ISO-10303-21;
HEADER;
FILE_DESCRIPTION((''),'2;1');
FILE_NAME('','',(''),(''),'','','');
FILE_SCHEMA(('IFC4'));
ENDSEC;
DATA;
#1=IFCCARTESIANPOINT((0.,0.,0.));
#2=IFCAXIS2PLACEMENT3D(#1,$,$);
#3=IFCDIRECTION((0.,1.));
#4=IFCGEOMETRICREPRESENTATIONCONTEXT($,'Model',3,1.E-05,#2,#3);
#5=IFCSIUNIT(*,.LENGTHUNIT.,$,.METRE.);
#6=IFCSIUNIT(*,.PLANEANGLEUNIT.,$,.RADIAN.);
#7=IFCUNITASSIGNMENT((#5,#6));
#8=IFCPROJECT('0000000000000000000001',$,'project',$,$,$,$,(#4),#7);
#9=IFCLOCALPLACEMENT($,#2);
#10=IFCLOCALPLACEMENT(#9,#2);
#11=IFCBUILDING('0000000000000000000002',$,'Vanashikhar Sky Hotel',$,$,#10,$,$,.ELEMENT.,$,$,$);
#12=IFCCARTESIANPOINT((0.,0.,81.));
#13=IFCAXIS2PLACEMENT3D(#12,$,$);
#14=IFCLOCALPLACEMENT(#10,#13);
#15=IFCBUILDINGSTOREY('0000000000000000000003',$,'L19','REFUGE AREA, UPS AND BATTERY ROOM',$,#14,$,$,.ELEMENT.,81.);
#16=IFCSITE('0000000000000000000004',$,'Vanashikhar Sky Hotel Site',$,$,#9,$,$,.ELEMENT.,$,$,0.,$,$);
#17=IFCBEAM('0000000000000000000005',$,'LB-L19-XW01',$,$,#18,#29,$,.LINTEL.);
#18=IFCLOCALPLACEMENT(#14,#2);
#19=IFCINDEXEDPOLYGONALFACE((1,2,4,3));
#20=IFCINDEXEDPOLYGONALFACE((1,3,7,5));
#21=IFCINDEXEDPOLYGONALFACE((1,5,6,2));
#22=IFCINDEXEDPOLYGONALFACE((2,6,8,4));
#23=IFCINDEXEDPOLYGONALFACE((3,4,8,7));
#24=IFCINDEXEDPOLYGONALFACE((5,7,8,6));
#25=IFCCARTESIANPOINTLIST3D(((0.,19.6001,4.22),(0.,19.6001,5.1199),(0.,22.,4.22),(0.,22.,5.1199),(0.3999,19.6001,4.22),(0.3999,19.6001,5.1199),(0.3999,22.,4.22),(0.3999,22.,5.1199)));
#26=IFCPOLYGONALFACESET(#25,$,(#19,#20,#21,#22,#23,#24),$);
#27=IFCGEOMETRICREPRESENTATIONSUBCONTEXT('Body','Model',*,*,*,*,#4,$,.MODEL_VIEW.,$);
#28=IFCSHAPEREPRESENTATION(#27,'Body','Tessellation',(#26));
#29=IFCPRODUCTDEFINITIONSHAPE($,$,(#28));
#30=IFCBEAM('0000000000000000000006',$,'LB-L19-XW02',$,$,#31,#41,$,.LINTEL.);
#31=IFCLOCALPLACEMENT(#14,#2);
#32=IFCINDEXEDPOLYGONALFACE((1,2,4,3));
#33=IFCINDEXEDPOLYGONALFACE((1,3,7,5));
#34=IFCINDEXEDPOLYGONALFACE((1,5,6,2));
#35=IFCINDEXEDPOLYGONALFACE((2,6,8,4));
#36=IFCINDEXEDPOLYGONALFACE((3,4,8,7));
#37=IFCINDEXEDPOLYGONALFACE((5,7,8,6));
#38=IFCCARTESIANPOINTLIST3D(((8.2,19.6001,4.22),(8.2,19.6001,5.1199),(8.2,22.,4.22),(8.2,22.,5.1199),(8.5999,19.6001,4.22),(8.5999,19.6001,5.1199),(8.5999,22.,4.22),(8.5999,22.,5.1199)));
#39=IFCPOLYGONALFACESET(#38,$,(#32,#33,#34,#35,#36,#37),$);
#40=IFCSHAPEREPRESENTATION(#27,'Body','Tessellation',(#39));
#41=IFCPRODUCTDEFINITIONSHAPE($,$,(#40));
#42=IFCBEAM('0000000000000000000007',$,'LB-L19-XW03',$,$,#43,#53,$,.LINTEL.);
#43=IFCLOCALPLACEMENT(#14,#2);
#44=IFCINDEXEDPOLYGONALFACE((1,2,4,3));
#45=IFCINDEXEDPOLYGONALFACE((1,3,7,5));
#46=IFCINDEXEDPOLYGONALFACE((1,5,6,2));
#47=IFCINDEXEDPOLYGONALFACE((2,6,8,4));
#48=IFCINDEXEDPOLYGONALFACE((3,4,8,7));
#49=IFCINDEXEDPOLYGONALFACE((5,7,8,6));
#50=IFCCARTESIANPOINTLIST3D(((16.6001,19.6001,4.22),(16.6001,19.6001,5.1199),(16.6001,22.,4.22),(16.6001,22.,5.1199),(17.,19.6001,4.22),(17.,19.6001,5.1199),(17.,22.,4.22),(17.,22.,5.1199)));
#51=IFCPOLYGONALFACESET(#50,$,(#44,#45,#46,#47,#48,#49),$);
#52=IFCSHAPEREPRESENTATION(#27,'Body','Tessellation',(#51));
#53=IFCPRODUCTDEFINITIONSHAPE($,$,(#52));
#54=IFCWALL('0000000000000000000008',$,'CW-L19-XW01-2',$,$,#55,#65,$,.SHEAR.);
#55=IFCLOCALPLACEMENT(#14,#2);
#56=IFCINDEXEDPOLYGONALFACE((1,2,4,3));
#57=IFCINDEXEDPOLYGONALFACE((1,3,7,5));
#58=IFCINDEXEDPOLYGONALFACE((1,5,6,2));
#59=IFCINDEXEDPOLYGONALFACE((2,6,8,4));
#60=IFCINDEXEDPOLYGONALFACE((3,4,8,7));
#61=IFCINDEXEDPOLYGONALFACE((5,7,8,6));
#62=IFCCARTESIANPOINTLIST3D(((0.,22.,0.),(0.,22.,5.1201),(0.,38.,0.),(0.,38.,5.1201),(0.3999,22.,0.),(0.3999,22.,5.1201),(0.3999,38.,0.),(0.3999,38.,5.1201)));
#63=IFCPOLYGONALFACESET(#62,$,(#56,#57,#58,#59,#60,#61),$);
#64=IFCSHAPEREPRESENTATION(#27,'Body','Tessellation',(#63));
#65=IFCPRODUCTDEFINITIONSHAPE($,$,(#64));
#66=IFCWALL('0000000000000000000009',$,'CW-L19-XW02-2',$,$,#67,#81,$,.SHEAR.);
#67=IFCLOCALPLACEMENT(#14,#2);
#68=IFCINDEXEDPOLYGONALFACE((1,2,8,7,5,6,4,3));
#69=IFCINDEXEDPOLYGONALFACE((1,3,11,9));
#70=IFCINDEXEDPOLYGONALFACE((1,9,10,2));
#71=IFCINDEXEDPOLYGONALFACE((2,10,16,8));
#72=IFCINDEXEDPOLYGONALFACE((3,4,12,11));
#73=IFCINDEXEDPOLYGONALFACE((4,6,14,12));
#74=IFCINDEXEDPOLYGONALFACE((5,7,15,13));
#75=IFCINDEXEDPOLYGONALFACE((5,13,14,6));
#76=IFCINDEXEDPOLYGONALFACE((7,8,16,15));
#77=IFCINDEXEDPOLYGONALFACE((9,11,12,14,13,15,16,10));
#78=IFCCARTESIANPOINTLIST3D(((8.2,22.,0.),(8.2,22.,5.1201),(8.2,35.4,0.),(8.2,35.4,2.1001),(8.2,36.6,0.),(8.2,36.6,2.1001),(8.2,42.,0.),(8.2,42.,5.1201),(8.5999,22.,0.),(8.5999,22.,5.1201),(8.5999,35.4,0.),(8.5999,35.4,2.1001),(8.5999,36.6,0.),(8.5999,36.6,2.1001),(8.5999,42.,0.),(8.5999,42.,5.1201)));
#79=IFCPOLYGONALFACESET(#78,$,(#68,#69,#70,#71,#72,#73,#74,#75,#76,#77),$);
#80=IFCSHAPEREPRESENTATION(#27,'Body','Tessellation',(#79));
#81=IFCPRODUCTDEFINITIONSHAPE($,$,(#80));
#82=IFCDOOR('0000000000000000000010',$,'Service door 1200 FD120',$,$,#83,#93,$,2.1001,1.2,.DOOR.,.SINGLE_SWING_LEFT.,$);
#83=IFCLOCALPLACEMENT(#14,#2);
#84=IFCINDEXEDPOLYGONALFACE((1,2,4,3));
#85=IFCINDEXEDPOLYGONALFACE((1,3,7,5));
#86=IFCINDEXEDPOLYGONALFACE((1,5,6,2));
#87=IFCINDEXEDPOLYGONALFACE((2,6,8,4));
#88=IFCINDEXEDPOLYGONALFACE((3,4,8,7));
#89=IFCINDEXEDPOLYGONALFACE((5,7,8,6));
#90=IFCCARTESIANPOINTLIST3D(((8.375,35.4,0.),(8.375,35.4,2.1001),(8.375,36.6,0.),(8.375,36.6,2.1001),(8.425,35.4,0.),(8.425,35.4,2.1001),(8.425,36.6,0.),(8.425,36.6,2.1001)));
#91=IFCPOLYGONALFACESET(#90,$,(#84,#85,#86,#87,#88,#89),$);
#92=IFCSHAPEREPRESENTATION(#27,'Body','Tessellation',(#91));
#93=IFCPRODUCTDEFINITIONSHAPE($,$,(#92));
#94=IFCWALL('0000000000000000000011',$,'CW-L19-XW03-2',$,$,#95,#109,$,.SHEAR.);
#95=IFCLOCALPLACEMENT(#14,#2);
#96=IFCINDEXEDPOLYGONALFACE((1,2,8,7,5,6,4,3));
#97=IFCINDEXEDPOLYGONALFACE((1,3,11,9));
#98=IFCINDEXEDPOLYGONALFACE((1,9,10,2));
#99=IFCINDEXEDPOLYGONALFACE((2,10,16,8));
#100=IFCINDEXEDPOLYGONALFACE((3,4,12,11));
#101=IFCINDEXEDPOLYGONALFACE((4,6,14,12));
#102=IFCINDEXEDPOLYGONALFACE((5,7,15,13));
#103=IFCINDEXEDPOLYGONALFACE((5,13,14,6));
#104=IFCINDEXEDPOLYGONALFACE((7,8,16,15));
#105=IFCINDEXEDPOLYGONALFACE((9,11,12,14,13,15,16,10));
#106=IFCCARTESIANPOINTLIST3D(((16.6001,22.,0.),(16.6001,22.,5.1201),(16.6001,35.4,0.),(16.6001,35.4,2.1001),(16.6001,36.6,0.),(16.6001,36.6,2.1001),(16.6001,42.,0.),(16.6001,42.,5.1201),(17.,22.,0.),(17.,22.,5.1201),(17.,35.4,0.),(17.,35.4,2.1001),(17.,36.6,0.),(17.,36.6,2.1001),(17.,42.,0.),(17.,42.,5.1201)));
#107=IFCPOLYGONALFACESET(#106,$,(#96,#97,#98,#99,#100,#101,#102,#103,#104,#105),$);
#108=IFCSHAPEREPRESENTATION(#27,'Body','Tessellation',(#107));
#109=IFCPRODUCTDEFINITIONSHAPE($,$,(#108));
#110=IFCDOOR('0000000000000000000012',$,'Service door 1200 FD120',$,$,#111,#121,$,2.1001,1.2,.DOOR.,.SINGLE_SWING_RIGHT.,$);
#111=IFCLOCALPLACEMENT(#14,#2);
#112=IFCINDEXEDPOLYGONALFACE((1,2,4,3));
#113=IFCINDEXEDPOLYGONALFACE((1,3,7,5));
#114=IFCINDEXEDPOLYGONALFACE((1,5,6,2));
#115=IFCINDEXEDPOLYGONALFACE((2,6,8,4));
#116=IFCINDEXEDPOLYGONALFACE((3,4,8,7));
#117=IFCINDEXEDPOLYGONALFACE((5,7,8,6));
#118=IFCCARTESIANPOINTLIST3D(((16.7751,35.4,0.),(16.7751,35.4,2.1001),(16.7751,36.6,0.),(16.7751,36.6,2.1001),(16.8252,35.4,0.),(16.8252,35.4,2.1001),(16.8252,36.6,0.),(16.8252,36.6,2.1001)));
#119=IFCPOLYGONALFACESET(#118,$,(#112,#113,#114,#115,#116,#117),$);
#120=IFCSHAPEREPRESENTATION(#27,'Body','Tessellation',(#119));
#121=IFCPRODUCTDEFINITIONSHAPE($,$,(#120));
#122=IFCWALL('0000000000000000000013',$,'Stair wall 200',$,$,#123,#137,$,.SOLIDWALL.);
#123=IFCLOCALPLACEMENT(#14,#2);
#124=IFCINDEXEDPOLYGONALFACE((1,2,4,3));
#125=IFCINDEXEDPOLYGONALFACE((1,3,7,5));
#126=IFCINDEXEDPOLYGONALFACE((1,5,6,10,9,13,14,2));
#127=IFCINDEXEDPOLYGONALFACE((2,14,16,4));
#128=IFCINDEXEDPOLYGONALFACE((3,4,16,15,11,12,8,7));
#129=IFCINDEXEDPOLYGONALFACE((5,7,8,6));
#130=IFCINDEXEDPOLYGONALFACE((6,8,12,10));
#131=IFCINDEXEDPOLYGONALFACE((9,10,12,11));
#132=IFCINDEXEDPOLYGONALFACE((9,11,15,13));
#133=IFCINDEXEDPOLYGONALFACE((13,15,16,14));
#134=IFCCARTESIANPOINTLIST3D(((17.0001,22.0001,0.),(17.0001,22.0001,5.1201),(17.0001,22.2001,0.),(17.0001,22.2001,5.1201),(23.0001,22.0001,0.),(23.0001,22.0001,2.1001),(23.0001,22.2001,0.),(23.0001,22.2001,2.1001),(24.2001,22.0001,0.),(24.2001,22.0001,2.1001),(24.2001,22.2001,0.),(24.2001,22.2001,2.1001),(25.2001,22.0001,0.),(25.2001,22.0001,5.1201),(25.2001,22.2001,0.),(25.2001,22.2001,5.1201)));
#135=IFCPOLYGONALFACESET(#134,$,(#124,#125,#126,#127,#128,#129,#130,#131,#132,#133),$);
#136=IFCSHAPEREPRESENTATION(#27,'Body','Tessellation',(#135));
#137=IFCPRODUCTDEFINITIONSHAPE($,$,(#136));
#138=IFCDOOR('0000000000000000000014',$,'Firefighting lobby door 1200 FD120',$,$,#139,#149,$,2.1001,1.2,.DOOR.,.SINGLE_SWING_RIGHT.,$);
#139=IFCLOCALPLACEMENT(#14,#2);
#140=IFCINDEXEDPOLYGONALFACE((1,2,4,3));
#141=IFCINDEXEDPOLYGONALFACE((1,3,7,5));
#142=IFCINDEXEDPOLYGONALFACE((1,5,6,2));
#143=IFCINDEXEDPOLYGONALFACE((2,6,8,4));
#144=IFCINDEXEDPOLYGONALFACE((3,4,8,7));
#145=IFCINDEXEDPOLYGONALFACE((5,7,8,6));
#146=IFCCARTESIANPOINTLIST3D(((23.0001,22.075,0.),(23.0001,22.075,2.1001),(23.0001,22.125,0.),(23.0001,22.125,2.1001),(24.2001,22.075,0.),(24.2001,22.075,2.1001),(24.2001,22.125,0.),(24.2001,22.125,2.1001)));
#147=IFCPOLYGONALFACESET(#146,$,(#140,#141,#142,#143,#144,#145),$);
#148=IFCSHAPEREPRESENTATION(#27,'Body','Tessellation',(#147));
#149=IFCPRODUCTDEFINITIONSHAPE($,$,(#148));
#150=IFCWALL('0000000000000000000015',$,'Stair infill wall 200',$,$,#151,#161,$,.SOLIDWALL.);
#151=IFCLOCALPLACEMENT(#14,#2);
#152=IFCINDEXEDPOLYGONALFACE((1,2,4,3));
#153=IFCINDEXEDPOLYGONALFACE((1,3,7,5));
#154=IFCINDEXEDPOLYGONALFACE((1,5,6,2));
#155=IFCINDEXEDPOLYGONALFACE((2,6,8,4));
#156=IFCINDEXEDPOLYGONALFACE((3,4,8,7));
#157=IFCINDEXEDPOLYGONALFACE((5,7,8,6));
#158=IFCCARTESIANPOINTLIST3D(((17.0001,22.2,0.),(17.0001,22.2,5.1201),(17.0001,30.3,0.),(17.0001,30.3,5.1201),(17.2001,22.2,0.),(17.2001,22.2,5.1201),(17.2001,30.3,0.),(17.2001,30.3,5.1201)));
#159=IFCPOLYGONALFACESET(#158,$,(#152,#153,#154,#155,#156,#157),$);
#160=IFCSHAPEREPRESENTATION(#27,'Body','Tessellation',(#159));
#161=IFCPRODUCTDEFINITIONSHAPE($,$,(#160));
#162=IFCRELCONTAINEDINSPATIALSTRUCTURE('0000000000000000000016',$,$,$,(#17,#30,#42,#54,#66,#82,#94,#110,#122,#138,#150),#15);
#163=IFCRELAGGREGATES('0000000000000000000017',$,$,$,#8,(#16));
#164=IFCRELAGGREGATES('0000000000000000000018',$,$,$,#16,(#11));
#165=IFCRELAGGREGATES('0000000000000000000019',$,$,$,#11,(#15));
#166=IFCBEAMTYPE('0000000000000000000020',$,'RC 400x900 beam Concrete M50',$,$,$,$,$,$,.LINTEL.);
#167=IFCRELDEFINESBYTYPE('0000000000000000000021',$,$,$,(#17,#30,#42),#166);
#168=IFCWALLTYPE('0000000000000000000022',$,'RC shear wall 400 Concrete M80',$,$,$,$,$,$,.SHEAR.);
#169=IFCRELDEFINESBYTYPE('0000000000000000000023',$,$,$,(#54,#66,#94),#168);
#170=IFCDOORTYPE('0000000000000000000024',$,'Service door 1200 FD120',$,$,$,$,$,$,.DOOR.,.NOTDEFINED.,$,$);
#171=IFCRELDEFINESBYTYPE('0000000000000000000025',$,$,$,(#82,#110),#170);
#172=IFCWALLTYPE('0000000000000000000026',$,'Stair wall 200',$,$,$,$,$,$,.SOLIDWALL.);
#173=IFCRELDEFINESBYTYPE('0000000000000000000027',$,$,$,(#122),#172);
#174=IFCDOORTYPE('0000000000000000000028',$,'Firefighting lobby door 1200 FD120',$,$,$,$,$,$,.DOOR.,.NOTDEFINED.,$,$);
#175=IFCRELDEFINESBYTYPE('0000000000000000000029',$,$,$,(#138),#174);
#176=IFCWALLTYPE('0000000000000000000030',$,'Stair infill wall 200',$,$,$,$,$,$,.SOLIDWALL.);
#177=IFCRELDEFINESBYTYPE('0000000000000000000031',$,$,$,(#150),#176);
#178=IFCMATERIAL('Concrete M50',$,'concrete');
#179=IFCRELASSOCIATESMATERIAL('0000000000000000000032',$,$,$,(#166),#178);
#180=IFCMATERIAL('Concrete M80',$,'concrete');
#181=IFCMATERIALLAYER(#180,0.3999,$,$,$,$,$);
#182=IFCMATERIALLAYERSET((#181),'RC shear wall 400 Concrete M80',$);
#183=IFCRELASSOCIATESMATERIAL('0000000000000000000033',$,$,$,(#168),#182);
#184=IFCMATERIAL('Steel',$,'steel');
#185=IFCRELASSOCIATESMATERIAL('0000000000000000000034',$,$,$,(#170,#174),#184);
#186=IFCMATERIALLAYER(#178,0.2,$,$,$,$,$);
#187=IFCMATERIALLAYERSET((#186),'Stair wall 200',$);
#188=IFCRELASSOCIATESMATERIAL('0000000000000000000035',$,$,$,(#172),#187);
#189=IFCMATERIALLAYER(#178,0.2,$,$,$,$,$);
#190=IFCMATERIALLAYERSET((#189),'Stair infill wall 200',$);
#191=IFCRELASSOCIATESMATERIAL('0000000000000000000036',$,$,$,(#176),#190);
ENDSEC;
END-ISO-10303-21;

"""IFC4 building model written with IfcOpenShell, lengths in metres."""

from ifc_helpers import new_model, si_unit, direction, frame, frame_2d, origin, origin_2d, place, context, subcontext, project, spatial, rectangle, extrude, source, transform, mapped, material, layer, layer_set, material_profile, profile_set, type_object, element, fill, save


model = new_model("IFC4")

# Units and contexts
model_context = context("Model", 3, precision=1e-05, world=origin(), true_north=direction((0.0, 1.0)))
body_context = subcontext(model_context, "Body", "Model", "MODEL_VIEW")
ifc_project = project(units=[si_unit("LENGTHUNIT", "METRE"), si_unit("PLANEANGLEUNIT", "RADIAN")], contexts=[model_context])

# Site, building, storey
site_placement = place(None, origin())
site = spatial("IfcSite", under=ifc_project, at=site_placement, Name="Vanashikhar Sky Hotel Site", CompositionType="ELEMENT", RefElevation=0.0)
building_placement = place(site_placement, origin())
building = spatial("IfcBuilding", under=site, at=building_placement, Name="Vanashikhar Sky Hotel", CompositionType="ELEMENT")
storey_placement = place(building_placement, frame((0.0, 0.0, 81.0)))
storey = spatial("IfcBuildingStorey", under=building, at=storey_placement, Name="L19", Description="REFUGE AREA, UPS AND BATTERY ROOM", CompositionType="ELEMENT", Elevation=81.0)

# Beams
ifc_material_1 = material(Name="Concrete M50", Category="concrete")
ifc_material_profile = material_profile(ifc_material_1, rectangle(XDim=0.3999, YDim=0.8999, at=origin_2d()))
ifc_profile_set = profile_set([ifc_material_profile], Name="RC 400x900 beam Concrete M50")
beam_type = type_object("IfcBeamType", Name="RC 400x900 beam Concrete M50", PredefinedType="LINTEL", material=ifc_profile_set)
shared_shape_1 = source(origin(), body_context, "Body", "SweptSolid", [
    extrude(rectangle(XDim=0.3999, YDim=0.8999, at=origin_2d()), origin(), (0.0, 0.0, 1.0), 2.3999),
])
for number, where, z_axis, x_axis, name in (
    (1, (0.2, 19.6001, 4.6699), (0.0, 1.0, 0.0), (-1.0, 0.0, 0.0), "LB-L19-XW01"),
    (2, (8.3999, 19.6001, 4.6699), (0.0, 1.0, 0.0), (-1.0, 0.0, 0.0), "LB-L19-XW02"),
    (3, (16.8, 19.6001, 4.6699), (0.0, 1.0, 0.0), (-1.0, 0.0, 0.0), "LB-L19-XW03"),
):
    element("IfcBeam", number, at=place(storey_placement, frame(where, z_axis=z_axis, x_axis=x_axis)), inside=storey, type_object=beam_type, Name=name, PredefinedType="LINTEL", context=body_context, shape_type="MappedRepresentation", body=[
        mapped(shared_shape_1, transform((0.0, 0.0, 0.0), scale=1.0)),
    ])

# Wall
ifc_material_2 = material(Name="Concrete M80", Category="concrete")
ifc_layer_1 = layer(ifc_material_2, 0.3999)
ifc_layer_set_1 = layer_set([ifc_layer_1], Name="RC shear wall 400 Concrete M80")
wall_type_1 = type_object("IfcWallType", Name="RC shear wall 400 Concrete M80", PredefinedType="SHEAR", material=ifc_layer_set_1)
shared_shape_2 = source(origin(), body_context, "Body", "SweptSolid", [
    extrude(rectangle(XDim=16.0, YDim=0.3999, at=frame_2d((8.0, 0.0))), origin(), (0.0, 0.0, 1.0), 5.1201),
])
wall_1_placement = place(storey_placement, frame((0.2, 22.0, 0.0), z_axis=(0.0, 0.0, 1.0), x_axis=(0.0, 1.0, 0.0)))
element("IfcWall", 4, at=wall_1_placement, inside=storey, type_object=wall_type_1, Name="CW-L19-XW01-2", PredefinedType="SHEAR", context=body_context, shape_type="MappedRepresentation", body=[
    mapped(shared_shape_2, transform((0.0, 0.0, 0.0), scale=1.0)),
])

# Walls, openings, doors
shared_shape_3 = source(origin(), body_context, "Body", "SweptSolid", [
    extrude(rectangle(XDim=20.0, YDim=0.3999, at=frame_2d((10.0, 0.0))), origin(), (0.0, 0.0, 1.0), 5.1201),
])
wall_2_placement = place(storey_placement, frame((8.3999, 22.0, 0.0), z_axis=(0.0, 0.0, 1.0), x_axis=(0.0, 1.0, 0.0)))
wall_2 = element("IfcWall", 5, at=wall_2_placement, inside=storey, type_object=wall_type_1, Name="CW-L19-XW02-2", PredefinedType="SHEAR", context=body_context, shape_type="MappedRepresentation", body=[
    mapped(shared_shape_3, transform((0.0, 0.0, 0.0), scale=1.0)),
])
shared_shape_4 = source(origin(), body_context, "Body", "SweptSolid", [
    extrude(rectangle(XDim=1.2, YDim=2.1001, at=frame_2d((0.6001, 1.05))), frame((0.0, 0.21, 0.0), z_axis=(0.0, -1.0, 0.0), x_axis=(1.0, 0.0, 0.0)), (0.0, 0.0, 1.0), 0.4199),
])
opening_1_placement = place(wall_2_placement, frame((13.3999, 0.0, 0.0)))
opening_1 = element("IfcOpeningElement", 6, at=opening_1_placement, cuts=wall_2, PredefinedType="OPENING", context=body_context, shape_type="MappedRepresentation", body=[
    mapped(shared_shape_4, transform((0.0, 0.0, 0.0), scale=1.0)),
])
ifc_material_3 = material(Name="Steel", Category="steel")
door_type_1 = type_object("IfcDoorType", Name="Service door 1200 FD120", OperationType="NOTDEFINED", PredefinedType="DOOR", material=ifc_material_3)
shared_shape_5 = source(origin(), body_context, "Body", "SweptSolid", [
    extrude(rectangle(XDim=1.2, YDim=2.1001, at=frame_2d((0.6001, 1.05))), frame((0.0, 0.0249, 0.0), z_axis=(0.0, -1.0, 0.0), x_axis=(1.0, 0.0, 0.0)), (0.0, 0.0, 1.0), 0.05),
])
door_1_placement = place(opening_1_placement, origin())
door_1 = element("IfcDoor", 7, at=door_1_placement, inside=storey, type_object=door_type_1, Name="Service door 1200 FD120", OperationType="SINGLE_SWING_LEFT", OverallHeight=2.1001, OverallWidth=1.2, PredefinedType="DOOR", context=body_context, shape_type="MappedRepresentation", body=[
    mapped(shared_shape_5, transform((0.0, 0.0, 0.0), scale=1.0)),
])
fill(opening_1, door_1)
wall_3_placement = place(storey_placement, frame((16.8, 22.0, 0.0), z_axis=(0.0, 0.0, 1.0), x_axis=(0.0, 1.0, 0.0)))
wall_3 = element("IfcWall", 8, at=wall_3_placement, inside=storey, type_object=wall_type_1, Name="CW-L19-XW03-2", PredefinedType="SHEAR", context=body_context, shape_type="MappedRepresentation", body=[
    mapped(shared_shape_3, transform((0.0, 0.0, 0.0), scale=1.0)),
])
opening_2_placement = place(wall_3_placement, frame((13.3999, 0.0, 0.0)))
opening_2 = element("IfcOpeningElement", 9, at=opening_2_placement, cuts=wall_3, PredefinedType="OPENING", context=body_context, shape_type="MappedRepresentation", body=[
    mapped(shared_shape_4, transform((0.0, 0.0, 0.0), scale=1.0)),
])
door_2_placement = place(opening_2_placement, origin())
door_2 = element("IfcDoor", 10, at=door_2_placement, inside=storey, type_object=door_type_1, Name="Service door 1200 FD120", OperationType="SINGLE_SWING_RIGHT", OverallHeight=2.1001, OverallWidth=1.2, PredefinedType="DOOR", context=body_context, shape_type="MappedRepresentation", body=[
    mapped(shared_shape_5, transform((0.0, 0.0, 0.0), scale=1.0)),
])
fill(opening_2, door_2)
ifc_layer_2 = layer(ifc_material_1, 0.2)
ifc_layer_set_2 = layer_set([ifc_layer_2], Name="Stair wall 200")
wall_type_2 = type_object("IfcWallType", Name="Stair wall 200", PredefinedType="SOLIDWALL", material=ifc_layer_set_2)
shared_shape_6 = source(origin(), body_context, "Body", "SweptSolid", [
    extrude(rectangle(XDim=8.2, YDim=0.2, at=frame_2d((4.1001, 0.0))), origin(), (0.0, 0.0, 1.0), 5.1201),
])
wall_4_placement = place(storey_placement, frame((17.0, 22.1001, 0.0), z_axis=(0.0, 0.0, 1.0), x_axis=(1.0, 0.0, 0.0)))
wall_4 = element("IfcWall", 11, at=wall_4_placement, inside=storey, type_object=wall_type_2, Name="Stair wall 200", PredefinedType="SOLIDWALL", context=body_context, shape_type="MappedRepresentation", body=[
    mapped(shared_shape_6, transform((0.0, 0.0, 0.0), scale=1.0)),
])
shared_shape_7 = source(origin(), body_context, "Body", "SweptSolid", [
    extrude(rectangle(XDim=1.2, YDim=2.1001, at=frame_2d((0.6001, 1.05))), frame((0.0, 0.1099, 0.0), z_axis=(0.0, -1.0, 0.0), x_axis=(1.0, 0.0, 0.0)), (0.0, 0.0, 1.0), 0.22),
])
opening_3_placement = place(wall_4_placement, frame((6.0, 0.0, 0.0)))
opening_3 = element("IfcOpeningElement", 12, at=opening_3_placement, cuts=wall_4, PredefinedType="OPENING", context=body_context, shape_type="MappedRepresentation", body=[
    mapped(shared_shape_7, transform((0.0, 0.0, 0.0), scale=1.0)),
])
door_type_2 = type_object("IfcDoorType", Name="Firefighting lobby door 1200 FD120", OperationType="NOTDEFINED", PredefinedType="DOOR", material=ifc_material_3)
door_3_placement = place(opening_3_placement, origin())
door_3 = element("IfcDoor", 13, at=door_3_placement, inside=storey, type_object=door_type_2, Name="Firefighting lobby door 1200 FD120", OperationType="SINGLE_SWING_RIGHT", OverallHeight=2.1001, OverallWidth=1.2, PredefinedType="DOOR", context=body_context, shape_type="MappedRepresentation", body=[
    mapped(shared_shape_5, transform((0.0, 0.0, 0.0), scale=1.0)),
])
fill(opening_3, door_3)

# Wall
ifc_layer_3 = layer(ifc_material_1, 0.2)
ifc_layer_set_3 = layer_set([ifc_layer_3], Name="Stair infill wall 200")
wall_type_3 = type_object("IfcWallType", Name="Stair infill wall 200", PredefinedType="SOLIDWALL", material=ifc_layer_set_3)
shared_shape_8 = source(origin(), body_context, "Body", "SweptSolid", [
    extrude(rectangle(XDim=8.1001, YDim=0.2, at=frame_2d((4.05, 0.0))), origin(), (0.0, 0.0, 1.0), 5.1201),
])
wall_5_placement = place(storey_placement, frame((17.1001, 22.2, 0.0), z_axis=(0.0, 0.0, 1.0), x_axis=(0.0, 1.0, 0.0)))
element("IfcWall", 14, at=wall_5_placement, inside=storey, type_object=wall_type_3, Name="Stair infill wall 200", PredefinedType="SOLIDWALL", context=body_context, shape_type="MappedRepresentation", body=[
    mapped(shared_shape_8, transform((0.0, 0.0, 0.0), scale=1.0)),
])

save(model, "model.ifc")
